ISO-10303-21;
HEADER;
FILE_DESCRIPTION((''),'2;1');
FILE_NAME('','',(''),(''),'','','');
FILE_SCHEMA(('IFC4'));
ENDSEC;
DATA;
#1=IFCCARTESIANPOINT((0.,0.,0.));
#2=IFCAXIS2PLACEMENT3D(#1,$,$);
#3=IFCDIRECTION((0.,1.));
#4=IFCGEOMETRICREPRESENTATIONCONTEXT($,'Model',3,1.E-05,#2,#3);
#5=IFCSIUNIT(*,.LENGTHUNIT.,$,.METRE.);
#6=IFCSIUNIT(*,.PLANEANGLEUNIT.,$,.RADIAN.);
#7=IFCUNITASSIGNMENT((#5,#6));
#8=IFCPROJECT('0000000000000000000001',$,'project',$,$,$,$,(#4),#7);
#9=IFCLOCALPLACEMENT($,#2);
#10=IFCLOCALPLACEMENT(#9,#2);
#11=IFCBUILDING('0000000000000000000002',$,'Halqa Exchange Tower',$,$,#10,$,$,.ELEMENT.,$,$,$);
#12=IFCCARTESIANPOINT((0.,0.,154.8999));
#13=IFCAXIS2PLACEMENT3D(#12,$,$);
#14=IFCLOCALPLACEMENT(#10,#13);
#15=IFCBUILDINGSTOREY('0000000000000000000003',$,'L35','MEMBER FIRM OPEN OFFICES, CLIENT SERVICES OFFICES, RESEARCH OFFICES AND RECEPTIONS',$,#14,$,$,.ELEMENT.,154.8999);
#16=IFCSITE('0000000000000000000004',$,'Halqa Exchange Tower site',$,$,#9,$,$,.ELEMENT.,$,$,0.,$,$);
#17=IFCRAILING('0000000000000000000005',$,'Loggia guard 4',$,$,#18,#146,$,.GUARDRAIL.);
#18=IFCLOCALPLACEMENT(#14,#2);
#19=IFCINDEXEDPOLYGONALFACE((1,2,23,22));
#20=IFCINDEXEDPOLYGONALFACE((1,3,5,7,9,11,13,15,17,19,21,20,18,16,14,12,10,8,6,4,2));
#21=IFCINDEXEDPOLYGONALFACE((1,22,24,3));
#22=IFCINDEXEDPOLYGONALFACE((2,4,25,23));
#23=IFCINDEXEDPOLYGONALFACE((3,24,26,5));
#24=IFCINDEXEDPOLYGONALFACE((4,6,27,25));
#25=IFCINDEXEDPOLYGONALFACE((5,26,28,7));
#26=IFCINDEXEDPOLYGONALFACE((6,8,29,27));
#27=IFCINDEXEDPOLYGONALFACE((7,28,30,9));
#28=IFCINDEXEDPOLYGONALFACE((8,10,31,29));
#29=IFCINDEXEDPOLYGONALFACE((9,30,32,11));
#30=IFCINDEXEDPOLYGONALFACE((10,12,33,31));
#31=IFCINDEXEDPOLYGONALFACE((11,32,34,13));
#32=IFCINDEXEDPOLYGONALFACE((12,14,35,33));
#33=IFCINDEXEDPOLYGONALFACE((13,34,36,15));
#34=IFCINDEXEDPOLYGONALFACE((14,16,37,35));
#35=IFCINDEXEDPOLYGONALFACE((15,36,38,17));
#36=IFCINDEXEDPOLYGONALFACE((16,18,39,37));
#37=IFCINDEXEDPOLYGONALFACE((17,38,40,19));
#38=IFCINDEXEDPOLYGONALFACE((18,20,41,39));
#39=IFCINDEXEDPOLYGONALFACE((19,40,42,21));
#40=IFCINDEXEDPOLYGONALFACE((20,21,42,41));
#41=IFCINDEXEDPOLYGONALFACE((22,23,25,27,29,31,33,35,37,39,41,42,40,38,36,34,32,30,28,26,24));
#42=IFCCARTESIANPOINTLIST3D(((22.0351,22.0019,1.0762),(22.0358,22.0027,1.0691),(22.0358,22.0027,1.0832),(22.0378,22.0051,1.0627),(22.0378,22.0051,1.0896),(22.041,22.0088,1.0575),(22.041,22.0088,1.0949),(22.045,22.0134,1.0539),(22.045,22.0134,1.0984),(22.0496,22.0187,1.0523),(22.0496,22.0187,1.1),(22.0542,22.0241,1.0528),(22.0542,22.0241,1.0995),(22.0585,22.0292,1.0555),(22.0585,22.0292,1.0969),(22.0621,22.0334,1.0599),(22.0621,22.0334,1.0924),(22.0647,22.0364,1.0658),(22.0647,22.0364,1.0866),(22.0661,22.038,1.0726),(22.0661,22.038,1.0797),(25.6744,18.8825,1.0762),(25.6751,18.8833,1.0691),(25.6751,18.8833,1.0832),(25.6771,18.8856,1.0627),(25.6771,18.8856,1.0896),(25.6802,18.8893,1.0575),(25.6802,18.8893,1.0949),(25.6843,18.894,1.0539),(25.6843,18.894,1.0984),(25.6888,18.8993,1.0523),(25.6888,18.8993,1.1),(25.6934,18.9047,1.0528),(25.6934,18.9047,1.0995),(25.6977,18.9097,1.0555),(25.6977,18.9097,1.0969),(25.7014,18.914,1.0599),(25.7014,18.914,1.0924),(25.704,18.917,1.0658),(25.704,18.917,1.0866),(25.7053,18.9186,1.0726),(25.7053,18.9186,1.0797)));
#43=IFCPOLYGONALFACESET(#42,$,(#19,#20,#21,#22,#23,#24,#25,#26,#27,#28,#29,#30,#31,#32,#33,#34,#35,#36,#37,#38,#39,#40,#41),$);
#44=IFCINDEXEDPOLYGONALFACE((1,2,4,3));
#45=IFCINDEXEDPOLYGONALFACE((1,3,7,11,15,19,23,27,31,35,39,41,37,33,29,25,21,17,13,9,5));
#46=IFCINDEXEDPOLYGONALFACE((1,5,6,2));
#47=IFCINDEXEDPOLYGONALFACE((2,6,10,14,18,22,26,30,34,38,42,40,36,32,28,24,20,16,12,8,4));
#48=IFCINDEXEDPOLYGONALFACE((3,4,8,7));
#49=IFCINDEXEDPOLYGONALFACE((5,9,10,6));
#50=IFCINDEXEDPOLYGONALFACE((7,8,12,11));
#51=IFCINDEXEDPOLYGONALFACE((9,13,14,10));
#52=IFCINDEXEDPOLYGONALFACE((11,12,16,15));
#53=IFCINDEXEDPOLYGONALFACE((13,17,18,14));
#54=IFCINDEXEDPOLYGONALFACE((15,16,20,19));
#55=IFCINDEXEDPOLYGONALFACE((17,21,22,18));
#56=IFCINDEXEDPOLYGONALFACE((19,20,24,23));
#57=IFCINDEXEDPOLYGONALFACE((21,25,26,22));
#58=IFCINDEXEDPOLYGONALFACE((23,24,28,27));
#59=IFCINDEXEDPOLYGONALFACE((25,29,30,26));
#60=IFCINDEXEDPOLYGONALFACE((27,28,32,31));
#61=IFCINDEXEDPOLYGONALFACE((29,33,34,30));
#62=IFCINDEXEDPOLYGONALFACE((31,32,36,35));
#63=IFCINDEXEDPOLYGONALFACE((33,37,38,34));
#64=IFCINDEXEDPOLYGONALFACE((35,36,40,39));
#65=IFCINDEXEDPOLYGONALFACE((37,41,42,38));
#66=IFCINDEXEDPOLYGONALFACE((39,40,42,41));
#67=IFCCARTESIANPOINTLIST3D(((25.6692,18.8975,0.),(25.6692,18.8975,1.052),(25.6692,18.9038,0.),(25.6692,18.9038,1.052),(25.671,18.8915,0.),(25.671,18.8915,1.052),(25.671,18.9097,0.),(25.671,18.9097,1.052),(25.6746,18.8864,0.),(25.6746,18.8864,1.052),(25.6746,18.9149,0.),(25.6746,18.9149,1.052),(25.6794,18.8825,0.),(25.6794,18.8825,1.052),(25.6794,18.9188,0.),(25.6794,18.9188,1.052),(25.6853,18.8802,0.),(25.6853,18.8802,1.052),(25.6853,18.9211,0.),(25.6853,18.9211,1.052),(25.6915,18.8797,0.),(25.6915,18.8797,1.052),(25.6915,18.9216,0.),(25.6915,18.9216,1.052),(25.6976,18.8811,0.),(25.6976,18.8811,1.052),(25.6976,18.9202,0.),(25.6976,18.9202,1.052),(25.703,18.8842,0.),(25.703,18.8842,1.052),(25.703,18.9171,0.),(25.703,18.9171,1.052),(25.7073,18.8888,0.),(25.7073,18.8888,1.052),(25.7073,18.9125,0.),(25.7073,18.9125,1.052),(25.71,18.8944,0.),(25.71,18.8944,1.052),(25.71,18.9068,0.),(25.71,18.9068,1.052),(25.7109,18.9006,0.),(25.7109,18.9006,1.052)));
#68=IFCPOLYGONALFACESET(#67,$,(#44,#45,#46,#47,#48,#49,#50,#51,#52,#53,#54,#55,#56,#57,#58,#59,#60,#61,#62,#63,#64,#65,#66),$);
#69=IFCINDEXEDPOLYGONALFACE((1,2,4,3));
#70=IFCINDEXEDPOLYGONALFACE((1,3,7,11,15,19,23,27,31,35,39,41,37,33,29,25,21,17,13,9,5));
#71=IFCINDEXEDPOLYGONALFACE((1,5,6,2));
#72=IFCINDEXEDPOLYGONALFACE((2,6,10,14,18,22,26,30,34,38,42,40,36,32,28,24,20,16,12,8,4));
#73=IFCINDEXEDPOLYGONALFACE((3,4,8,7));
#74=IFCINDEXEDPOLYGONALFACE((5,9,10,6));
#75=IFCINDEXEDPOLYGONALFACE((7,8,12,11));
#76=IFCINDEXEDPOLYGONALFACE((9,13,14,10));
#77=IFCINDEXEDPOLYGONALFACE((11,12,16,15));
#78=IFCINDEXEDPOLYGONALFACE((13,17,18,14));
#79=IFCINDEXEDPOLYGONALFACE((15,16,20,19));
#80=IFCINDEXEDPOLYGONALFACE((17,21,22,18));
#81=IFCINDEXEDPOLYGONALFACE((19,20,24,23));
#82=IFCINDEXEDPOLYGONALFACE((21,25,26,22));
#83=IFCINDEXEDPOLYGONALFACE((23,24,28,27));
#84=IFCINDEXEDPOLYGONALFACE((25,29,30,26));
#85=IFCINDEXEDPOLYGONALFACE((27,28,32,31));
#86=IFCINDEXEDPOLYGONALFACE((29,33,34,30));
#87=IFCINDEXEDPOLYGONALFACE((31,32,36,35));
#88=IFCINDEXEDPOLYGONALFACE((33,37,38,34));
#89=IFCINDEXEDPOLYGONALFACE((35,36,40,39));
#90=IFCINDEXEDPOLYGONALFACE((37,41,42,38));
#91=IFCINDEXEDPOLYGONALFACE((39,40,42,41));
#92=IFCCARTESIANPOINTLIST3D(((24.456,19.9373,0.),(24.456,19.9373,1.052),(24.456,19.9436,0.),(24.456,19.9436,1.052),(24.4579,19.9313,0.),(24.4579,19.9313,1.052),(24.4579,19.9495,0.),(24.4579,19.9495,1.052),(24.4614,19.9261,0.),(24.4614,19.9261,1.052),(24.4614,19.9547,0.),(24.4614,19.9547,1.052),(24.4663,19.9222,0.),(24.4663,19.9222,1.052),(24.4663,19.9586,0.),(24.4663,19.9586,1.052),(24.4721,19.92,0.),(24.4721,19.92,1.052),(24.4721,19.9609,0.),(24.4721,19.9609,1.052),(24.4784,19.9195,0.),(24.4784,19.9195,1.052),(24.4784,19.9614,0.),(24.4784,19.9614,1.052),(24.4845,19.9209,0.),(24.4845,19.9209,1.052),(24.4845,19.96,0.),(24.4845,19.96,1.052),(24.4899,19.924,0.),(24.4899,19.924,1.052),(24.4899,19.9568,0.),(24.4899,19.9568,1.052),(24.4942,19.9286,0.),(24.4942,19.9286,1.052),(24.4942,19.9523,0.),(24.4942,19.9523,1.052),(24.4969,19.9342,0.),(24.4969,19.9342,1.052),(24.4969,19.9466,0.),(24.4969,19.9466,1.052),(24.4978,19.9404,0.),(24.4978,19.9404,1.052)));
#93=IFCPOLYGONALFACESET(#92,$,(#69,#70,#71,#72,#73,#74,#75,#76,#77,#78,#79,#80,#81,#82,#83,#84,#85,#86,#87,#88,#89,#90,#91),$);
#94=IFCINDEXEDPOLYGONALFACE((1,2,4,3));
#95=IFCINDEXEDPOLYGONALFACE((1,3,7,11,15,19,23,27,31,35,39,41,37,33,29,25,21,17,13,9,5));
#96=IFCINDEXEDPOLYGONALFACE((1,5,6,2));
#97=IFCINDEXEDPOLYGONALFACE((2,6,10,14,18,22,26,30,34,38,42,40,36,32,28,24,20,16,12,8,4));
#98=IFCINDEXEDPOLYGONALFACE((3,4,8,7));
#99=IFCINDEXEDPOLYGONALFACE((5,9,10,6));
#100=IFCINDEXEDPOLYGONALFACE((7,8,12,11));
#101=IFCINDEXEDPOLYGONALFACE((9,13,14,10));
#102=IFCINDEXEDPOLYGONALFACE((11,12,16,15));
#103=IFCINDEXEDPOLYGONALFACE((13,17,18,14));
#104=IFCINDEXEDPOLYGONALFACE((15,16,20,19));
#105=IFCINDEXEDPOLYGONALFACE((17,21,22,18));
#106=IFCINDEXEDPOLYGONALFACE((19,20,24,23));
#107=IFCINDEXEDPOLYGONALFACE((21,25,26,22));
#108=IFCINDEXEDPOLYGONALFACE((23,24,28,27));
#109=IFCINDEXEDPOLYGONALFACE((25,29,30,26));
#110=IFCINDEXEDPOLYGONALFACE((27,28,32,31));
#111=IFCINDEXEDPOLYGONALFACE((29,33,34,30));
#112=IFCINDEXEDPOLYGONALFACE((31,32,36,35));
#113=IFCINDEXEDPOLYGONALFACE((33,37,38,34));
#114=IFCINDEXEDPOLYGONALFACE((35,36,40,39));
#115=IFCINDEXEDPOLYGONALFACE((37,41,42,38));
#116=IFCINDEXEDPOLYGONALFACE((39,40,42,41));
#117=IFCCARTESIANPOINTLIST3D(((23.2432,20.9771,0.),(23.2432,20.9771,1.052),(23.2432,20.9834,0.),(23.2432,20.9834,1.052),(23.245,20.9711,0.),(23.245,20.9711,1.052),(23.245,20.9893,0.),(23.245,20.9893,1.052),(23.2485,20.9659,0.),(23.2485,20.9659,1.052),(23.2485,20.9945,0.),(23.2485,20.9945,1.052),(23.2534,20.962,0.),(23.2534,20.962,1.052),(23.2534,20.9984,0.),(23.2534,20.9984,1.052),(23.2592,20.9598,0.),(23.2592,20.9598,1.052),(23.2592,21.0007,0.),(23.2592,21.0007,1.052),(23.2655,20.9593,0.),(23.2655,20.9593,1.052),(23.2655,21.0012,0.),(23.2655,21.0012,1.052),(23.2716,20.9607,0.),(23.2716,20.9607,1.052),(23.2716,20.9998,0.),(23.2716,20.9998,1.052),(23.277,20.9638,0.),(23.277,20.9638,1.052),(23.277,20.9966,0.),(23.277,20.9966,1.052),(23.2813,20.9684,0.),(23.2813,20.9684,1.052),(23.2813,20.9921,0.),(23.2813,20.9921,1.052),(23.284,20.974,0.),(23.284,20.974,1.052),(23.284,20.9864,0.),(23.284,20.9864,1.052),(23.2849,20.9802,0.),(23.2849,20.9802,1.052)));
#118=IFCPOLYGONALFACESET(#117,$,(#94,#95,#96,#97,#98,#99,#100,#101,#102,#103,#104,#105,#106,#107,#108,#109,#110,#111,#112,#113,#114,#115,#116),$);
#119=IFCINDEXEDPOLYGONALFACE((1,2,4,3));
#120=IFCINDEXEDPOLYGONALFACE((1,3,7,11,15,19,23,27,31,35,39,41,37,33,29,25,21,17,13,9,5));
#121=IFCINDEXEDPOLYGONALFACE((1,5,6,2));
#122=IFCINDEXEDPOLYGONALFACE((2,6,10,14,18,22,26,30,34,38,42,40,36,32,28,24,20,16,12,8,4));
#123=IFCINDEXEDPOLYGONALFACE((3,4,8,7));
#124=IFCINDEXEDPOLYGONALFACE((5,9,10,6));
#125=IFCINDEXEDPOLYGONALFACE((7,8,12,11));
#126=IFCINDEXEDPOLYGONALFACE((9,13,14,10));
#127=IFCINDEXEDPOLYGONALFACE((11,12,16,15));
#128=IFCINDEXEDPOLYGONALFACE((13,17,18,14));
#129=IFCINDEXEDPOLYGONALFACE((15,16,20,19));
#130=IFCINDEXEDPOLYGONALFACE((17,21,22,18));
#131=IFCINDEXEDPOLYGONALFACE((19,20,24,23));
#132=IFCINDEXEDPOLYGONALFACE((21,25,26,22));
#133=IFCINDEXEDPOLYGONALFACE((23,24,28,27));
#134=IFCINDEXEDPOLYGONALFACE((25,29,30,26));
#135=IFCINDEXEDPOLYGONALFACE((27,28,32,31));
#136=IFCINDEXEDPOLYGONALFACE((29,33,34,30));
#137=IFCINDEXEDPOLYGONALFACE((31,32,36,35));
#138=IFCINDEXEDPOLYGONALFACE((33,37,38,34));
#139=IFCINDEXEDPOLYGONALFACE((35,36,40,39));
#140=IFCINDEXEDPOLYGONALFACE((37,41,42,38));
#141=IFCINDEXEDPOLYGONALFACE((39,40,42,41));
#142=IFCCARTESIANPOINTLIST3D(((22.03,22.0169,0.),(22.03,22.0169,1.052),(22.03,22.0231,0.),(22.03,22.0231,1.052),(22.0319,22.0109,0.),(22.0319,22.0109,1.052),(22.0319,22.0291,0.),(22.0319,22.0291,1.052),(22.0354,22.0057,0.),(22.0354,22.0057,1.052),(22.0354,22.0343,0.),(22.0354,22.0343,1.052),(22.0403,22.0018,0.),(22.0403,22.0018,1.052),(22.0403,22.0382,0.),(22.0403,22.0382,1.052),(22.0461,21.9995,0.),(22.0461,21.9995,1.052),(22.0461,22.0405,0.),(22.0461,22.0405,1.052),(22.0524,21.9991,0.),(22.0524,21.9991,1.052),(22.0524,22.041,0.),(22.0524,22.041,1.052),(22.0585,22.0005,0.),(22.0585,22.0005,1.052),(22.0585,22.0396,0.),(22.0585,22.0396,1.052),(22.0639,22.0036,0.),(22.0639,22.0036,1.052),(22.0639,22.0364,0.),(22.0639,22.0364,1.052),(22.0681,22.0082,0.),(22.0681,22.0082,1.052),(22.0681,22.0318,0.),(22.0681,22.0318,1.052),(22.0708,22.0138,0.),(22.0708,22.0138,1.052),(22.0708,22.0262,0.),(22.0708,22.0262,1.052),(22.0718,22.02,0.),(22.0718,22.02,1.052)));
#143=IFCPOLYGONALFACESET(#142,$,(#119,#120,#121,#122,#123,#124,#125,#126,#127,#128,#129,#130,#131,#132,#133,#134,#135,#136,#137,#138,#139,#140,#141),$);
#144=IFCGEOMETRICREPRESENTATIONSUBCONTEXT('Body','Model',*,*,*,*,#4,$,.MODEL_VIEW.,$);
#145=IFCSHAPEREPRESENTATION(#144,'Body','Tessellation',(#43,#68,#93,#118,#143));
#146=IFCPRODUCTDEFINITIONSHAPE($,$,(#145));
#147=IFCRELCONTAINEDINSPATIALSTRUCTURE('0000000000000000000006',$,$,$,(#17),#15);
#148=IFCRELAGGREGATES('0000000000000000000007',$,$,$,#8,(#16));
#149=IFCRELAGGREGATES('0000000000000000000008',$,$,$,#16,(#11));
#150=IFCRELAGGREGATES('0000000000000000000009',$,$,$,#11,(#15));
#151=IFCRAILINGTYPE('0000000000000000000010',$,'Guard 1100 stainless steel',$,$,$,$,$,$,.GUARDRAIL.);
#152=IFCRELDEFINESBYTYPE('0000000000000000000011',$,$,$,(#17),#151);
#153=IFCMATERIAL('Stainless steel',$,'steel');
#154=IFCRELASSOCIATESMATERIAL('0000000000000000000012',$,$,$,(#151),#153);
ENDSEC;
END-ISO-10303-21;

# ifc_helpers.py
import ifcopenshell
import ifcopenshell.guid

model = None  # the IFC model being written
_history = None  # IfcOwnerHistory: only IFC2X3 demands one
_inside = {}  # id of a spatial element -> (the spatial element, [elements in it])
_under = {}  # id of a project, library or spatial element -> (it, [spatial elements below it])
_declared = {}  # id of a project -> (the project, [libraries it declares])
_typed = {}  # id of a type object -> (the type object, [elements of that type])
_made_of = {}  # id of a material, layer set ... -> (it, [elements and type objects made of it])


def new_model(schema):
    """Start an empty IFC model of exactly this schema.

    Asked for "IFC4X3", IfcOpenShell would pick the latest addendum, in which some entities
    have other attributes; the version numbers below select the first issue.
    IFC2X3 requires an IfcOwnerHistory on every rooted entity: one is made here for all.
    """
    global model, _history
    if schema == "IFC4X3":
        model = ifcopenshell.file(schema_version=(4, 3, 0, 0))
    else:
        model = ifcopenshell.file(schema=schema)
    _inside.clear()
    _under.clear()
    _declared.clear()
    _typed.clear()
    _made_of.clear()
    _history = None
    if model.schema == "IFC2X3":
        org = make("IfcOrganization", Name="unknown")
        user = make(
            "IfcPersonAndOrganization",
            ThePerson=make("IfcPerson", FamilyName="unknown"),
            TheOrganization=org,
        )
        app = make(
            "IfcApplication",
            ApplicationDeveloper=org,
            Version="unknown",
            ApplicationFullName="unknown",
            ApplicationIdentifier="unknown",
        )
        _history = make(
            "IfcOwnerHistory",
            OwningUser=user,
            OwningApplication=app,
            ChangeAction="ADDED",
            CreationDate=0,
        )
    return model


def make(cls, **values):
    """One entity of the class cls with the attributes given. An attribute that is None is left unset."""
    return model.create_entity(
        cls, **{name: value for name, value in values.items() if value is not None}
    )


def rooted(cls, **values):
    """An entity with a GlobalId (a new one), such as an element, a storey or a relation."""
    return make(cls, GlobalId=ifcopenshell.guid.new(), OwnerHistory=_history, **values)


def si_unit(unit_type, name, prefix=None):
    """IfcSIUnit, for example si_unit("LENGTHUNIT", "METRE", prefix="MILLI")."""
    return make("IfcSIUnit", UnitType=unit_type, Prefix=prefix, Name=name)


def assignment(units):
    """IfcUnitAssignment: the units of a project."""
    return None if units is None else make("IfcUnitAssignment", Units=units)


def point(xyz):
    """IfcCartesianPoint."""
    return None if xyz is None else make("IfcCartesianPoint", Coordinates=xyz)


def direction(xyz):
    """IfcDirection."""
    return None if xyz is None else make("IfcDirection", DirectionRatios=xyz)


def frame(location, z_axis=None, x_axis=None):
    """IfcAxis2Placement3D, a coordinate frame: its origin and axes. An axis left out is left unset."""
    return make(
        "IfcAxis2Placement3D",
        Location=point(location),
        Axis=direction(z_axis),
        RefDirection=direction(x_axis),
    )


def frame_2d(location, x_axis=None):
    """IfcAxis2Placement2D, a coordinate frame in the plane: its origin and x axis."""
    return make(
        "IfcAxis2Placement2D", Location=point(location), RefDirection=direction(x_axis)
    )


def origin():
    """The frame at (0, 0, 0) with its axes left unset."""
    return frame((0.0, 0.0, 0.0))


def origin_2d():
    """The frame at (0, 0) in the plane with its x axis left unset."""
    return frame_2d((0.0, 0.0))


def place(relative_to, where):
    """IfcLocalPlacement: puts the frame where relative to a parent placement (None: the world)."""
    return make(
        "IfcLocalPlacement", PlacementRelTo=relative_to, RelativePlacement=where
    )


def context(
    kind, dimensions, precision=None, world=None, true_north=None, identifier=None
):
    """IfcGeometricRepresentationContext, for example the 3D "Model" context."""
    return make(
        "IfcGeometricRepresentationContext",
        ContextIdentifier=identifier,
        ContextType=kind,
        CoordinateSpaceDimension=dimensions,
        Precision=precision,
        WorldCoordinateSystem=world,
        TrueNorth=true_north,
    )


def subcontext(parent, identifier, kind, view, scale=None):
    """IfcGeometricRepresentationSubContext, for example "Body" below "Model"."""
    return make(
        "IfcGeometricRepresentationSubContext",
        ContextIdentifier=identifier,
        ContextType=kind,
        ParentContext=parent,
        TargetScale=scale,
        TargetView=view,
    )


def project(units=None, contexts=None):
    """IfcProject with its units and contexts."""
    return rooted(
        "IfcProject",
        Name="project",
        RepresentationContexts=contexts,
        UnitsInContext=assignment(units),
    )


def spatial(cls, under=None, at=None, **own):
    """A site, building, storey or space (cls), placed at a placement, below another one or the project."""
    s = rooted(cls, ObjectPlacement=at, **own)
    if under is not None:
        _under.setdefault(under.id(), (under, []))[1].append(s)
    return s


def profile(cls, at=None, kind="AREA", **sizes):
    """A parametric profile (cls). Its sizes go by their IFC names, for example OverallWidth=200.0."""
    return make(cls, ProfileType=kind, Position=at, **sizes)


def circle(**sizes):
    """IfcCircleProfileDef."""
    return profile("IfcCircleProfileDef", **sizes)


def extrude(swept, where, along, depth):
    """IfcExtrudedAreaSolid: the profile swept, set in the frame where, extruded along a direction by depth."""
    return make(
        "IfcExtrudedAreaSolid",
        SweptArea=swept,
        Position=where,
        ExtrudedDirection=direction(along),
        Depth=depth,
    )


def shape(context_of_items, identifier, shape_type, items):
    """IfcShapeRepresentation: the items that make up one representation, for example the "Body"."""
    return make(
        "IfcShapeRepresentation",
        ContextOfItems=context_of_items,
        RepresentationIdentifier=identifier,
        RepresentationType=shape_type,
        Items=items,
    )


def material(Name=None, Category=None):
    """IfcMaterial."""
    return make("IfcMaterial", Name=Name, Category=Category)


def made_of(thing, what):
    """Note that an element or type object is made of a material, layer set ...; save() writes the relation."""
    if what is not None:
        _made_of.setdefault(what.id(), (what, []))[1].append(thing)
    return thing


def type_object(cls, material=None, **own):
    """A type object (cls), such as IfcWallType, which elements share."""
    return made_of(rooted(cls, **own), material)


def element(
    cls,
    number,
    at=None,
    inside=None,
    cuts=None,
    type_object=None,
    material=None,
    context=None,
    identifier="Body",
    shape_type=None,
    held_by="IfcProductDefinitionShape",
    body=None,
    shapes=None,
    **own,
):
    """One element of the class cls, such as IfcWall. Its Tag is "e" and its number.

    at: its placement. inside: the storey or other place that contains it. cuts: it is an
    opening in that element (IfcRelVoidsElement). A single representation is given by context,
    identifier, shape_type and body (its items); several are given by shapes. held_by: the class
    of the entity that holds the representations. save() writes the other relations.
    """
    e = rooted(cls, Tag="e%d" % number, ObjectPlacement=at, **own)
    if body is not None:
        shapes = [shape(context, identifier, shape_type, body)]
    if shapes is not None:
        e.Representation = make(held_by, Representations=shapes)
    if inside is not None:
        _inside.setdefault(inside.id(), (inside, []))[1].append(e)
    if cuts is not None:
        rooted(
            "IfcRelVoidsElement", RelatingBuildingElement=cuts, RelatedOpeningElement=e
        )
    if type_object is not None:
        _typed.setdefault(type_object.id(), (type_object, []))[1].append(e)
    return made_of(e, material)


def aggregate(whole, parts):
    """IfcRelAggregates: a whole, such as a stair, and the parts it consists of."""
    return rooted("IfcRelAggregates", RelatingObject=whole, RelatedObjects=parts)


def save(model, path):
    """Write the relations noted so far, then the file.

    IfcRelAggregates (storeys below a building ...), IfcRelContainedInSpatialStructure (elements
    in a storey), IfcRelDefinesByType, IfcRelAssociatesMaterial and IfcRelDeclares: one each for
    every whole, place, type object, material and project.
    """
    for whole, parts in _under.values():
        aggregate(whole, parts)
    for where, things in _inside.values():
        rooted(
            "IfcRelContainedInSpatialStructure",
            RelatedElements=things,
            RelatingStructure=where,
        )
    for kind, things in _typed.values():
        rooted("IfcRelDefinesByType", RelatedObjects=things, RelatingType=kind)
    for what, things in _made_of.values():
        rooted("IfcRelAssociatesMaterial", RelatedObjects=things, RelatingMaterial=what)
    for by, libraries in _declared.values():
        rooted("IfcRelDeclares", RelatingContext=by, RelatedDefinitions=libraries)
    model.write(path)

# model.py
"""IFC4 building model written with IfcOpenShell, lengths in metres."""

from ifc_helpers import new_model, si_unit, direction, frame, origin, origin_2d, place, context, subcontext, project, spatial, circle, extrude, material, type_object, element, save


model = new_model("IFC4")

# Units and contexts
model_context = context("Model", 3, precision=1e-05, world=origin(), true_north=direction((0.0, 1.0)))
body_context = subcontext(model_context, "Body", "Model", "MODEL_VIEW")
ifc_project = project(units=[si_unit("LENGTHUNIT", "METRE"), si_unit("PLANEANGLEUNIT", "RADIAN")], contexts=[model_context])

# Site, building, storey
site_placement = place(None, origin())
site = spatial("IfcSite", under=ifc_project, at=site_placement, Name="Halqa Exchange Tower site", CompositionType="ELEMENT", RefElevation=0.0)
building_placement = place(site_placement, origin())
building = spatial("IfcBuilding", under=site, at=building_placement, Name="Halqa Exchange Tower", CompositionType="ELEMENT")
storey_placement = place(building_placement, frame((0.0, 0.0, 154.8999)))
storey = spatial("IfcBuildingStorey", under=building, at=storey_placement, Name="L35", Description="MEMBER FIRM OPEN OFFICES, CLIENT SERVICES OFFICES, RESEARCH OFFICES AND RECEPTIONS", CompositionType="ELEMENT", Elevation=154.8999)

# Railing
ifc_material_1 = material(Name="Stainless steel", Category="steel")
railing_type = type_object("IfcRailingType", Name="Guard 1100 stainless steel", PredefinedType="GUARDRAIL", material=ifc_material_1)
railing_1_placement = place(storey_placement, frame((25.6899, 18.9006, 0.0)))
element("IfcRailing", 1, at=railing_1_placement, inside=storey, type_object=railing_type, Name="Loggia guard 4", PredefinedType="GUARDRAIL", context=body_context, shape_type="SweptSolid", body=[
    extrude(circle(Radius=0.0239, at=origin_2d()), frame((0.0, 0.0, 1.0762), z_axis=(-0.759246, 0.650804, 0.0), x_axis=(-0.650804, -0.759246, 0.0)), (0.0, 0.0, 1.0), 4.7932),
    extrude(circle(Radius=0.021, at=origin_2d()), origin(), (0.0, 0.0, 1.0), 1.052),
    extrude(circle(Radius=0.021, at=origin_2d()), frame((-1.2131, 1.0398, 0.0)), (0.0, 0.0, 1.0), 1.052),
    extrude(circle(Radius=0.021, at=origin_2d()), frame((-2.426, 2.0796, 0.0)), (0.0, 0.0, 1.0), 1.052),
    extrude(circle(Radius=0.021, at=origin_2d()), frame((-3.6392, 3.1194, 0.0)), (0.0, 0.0, 1.0), 1.052),
])

save(model, "model.ifc")
